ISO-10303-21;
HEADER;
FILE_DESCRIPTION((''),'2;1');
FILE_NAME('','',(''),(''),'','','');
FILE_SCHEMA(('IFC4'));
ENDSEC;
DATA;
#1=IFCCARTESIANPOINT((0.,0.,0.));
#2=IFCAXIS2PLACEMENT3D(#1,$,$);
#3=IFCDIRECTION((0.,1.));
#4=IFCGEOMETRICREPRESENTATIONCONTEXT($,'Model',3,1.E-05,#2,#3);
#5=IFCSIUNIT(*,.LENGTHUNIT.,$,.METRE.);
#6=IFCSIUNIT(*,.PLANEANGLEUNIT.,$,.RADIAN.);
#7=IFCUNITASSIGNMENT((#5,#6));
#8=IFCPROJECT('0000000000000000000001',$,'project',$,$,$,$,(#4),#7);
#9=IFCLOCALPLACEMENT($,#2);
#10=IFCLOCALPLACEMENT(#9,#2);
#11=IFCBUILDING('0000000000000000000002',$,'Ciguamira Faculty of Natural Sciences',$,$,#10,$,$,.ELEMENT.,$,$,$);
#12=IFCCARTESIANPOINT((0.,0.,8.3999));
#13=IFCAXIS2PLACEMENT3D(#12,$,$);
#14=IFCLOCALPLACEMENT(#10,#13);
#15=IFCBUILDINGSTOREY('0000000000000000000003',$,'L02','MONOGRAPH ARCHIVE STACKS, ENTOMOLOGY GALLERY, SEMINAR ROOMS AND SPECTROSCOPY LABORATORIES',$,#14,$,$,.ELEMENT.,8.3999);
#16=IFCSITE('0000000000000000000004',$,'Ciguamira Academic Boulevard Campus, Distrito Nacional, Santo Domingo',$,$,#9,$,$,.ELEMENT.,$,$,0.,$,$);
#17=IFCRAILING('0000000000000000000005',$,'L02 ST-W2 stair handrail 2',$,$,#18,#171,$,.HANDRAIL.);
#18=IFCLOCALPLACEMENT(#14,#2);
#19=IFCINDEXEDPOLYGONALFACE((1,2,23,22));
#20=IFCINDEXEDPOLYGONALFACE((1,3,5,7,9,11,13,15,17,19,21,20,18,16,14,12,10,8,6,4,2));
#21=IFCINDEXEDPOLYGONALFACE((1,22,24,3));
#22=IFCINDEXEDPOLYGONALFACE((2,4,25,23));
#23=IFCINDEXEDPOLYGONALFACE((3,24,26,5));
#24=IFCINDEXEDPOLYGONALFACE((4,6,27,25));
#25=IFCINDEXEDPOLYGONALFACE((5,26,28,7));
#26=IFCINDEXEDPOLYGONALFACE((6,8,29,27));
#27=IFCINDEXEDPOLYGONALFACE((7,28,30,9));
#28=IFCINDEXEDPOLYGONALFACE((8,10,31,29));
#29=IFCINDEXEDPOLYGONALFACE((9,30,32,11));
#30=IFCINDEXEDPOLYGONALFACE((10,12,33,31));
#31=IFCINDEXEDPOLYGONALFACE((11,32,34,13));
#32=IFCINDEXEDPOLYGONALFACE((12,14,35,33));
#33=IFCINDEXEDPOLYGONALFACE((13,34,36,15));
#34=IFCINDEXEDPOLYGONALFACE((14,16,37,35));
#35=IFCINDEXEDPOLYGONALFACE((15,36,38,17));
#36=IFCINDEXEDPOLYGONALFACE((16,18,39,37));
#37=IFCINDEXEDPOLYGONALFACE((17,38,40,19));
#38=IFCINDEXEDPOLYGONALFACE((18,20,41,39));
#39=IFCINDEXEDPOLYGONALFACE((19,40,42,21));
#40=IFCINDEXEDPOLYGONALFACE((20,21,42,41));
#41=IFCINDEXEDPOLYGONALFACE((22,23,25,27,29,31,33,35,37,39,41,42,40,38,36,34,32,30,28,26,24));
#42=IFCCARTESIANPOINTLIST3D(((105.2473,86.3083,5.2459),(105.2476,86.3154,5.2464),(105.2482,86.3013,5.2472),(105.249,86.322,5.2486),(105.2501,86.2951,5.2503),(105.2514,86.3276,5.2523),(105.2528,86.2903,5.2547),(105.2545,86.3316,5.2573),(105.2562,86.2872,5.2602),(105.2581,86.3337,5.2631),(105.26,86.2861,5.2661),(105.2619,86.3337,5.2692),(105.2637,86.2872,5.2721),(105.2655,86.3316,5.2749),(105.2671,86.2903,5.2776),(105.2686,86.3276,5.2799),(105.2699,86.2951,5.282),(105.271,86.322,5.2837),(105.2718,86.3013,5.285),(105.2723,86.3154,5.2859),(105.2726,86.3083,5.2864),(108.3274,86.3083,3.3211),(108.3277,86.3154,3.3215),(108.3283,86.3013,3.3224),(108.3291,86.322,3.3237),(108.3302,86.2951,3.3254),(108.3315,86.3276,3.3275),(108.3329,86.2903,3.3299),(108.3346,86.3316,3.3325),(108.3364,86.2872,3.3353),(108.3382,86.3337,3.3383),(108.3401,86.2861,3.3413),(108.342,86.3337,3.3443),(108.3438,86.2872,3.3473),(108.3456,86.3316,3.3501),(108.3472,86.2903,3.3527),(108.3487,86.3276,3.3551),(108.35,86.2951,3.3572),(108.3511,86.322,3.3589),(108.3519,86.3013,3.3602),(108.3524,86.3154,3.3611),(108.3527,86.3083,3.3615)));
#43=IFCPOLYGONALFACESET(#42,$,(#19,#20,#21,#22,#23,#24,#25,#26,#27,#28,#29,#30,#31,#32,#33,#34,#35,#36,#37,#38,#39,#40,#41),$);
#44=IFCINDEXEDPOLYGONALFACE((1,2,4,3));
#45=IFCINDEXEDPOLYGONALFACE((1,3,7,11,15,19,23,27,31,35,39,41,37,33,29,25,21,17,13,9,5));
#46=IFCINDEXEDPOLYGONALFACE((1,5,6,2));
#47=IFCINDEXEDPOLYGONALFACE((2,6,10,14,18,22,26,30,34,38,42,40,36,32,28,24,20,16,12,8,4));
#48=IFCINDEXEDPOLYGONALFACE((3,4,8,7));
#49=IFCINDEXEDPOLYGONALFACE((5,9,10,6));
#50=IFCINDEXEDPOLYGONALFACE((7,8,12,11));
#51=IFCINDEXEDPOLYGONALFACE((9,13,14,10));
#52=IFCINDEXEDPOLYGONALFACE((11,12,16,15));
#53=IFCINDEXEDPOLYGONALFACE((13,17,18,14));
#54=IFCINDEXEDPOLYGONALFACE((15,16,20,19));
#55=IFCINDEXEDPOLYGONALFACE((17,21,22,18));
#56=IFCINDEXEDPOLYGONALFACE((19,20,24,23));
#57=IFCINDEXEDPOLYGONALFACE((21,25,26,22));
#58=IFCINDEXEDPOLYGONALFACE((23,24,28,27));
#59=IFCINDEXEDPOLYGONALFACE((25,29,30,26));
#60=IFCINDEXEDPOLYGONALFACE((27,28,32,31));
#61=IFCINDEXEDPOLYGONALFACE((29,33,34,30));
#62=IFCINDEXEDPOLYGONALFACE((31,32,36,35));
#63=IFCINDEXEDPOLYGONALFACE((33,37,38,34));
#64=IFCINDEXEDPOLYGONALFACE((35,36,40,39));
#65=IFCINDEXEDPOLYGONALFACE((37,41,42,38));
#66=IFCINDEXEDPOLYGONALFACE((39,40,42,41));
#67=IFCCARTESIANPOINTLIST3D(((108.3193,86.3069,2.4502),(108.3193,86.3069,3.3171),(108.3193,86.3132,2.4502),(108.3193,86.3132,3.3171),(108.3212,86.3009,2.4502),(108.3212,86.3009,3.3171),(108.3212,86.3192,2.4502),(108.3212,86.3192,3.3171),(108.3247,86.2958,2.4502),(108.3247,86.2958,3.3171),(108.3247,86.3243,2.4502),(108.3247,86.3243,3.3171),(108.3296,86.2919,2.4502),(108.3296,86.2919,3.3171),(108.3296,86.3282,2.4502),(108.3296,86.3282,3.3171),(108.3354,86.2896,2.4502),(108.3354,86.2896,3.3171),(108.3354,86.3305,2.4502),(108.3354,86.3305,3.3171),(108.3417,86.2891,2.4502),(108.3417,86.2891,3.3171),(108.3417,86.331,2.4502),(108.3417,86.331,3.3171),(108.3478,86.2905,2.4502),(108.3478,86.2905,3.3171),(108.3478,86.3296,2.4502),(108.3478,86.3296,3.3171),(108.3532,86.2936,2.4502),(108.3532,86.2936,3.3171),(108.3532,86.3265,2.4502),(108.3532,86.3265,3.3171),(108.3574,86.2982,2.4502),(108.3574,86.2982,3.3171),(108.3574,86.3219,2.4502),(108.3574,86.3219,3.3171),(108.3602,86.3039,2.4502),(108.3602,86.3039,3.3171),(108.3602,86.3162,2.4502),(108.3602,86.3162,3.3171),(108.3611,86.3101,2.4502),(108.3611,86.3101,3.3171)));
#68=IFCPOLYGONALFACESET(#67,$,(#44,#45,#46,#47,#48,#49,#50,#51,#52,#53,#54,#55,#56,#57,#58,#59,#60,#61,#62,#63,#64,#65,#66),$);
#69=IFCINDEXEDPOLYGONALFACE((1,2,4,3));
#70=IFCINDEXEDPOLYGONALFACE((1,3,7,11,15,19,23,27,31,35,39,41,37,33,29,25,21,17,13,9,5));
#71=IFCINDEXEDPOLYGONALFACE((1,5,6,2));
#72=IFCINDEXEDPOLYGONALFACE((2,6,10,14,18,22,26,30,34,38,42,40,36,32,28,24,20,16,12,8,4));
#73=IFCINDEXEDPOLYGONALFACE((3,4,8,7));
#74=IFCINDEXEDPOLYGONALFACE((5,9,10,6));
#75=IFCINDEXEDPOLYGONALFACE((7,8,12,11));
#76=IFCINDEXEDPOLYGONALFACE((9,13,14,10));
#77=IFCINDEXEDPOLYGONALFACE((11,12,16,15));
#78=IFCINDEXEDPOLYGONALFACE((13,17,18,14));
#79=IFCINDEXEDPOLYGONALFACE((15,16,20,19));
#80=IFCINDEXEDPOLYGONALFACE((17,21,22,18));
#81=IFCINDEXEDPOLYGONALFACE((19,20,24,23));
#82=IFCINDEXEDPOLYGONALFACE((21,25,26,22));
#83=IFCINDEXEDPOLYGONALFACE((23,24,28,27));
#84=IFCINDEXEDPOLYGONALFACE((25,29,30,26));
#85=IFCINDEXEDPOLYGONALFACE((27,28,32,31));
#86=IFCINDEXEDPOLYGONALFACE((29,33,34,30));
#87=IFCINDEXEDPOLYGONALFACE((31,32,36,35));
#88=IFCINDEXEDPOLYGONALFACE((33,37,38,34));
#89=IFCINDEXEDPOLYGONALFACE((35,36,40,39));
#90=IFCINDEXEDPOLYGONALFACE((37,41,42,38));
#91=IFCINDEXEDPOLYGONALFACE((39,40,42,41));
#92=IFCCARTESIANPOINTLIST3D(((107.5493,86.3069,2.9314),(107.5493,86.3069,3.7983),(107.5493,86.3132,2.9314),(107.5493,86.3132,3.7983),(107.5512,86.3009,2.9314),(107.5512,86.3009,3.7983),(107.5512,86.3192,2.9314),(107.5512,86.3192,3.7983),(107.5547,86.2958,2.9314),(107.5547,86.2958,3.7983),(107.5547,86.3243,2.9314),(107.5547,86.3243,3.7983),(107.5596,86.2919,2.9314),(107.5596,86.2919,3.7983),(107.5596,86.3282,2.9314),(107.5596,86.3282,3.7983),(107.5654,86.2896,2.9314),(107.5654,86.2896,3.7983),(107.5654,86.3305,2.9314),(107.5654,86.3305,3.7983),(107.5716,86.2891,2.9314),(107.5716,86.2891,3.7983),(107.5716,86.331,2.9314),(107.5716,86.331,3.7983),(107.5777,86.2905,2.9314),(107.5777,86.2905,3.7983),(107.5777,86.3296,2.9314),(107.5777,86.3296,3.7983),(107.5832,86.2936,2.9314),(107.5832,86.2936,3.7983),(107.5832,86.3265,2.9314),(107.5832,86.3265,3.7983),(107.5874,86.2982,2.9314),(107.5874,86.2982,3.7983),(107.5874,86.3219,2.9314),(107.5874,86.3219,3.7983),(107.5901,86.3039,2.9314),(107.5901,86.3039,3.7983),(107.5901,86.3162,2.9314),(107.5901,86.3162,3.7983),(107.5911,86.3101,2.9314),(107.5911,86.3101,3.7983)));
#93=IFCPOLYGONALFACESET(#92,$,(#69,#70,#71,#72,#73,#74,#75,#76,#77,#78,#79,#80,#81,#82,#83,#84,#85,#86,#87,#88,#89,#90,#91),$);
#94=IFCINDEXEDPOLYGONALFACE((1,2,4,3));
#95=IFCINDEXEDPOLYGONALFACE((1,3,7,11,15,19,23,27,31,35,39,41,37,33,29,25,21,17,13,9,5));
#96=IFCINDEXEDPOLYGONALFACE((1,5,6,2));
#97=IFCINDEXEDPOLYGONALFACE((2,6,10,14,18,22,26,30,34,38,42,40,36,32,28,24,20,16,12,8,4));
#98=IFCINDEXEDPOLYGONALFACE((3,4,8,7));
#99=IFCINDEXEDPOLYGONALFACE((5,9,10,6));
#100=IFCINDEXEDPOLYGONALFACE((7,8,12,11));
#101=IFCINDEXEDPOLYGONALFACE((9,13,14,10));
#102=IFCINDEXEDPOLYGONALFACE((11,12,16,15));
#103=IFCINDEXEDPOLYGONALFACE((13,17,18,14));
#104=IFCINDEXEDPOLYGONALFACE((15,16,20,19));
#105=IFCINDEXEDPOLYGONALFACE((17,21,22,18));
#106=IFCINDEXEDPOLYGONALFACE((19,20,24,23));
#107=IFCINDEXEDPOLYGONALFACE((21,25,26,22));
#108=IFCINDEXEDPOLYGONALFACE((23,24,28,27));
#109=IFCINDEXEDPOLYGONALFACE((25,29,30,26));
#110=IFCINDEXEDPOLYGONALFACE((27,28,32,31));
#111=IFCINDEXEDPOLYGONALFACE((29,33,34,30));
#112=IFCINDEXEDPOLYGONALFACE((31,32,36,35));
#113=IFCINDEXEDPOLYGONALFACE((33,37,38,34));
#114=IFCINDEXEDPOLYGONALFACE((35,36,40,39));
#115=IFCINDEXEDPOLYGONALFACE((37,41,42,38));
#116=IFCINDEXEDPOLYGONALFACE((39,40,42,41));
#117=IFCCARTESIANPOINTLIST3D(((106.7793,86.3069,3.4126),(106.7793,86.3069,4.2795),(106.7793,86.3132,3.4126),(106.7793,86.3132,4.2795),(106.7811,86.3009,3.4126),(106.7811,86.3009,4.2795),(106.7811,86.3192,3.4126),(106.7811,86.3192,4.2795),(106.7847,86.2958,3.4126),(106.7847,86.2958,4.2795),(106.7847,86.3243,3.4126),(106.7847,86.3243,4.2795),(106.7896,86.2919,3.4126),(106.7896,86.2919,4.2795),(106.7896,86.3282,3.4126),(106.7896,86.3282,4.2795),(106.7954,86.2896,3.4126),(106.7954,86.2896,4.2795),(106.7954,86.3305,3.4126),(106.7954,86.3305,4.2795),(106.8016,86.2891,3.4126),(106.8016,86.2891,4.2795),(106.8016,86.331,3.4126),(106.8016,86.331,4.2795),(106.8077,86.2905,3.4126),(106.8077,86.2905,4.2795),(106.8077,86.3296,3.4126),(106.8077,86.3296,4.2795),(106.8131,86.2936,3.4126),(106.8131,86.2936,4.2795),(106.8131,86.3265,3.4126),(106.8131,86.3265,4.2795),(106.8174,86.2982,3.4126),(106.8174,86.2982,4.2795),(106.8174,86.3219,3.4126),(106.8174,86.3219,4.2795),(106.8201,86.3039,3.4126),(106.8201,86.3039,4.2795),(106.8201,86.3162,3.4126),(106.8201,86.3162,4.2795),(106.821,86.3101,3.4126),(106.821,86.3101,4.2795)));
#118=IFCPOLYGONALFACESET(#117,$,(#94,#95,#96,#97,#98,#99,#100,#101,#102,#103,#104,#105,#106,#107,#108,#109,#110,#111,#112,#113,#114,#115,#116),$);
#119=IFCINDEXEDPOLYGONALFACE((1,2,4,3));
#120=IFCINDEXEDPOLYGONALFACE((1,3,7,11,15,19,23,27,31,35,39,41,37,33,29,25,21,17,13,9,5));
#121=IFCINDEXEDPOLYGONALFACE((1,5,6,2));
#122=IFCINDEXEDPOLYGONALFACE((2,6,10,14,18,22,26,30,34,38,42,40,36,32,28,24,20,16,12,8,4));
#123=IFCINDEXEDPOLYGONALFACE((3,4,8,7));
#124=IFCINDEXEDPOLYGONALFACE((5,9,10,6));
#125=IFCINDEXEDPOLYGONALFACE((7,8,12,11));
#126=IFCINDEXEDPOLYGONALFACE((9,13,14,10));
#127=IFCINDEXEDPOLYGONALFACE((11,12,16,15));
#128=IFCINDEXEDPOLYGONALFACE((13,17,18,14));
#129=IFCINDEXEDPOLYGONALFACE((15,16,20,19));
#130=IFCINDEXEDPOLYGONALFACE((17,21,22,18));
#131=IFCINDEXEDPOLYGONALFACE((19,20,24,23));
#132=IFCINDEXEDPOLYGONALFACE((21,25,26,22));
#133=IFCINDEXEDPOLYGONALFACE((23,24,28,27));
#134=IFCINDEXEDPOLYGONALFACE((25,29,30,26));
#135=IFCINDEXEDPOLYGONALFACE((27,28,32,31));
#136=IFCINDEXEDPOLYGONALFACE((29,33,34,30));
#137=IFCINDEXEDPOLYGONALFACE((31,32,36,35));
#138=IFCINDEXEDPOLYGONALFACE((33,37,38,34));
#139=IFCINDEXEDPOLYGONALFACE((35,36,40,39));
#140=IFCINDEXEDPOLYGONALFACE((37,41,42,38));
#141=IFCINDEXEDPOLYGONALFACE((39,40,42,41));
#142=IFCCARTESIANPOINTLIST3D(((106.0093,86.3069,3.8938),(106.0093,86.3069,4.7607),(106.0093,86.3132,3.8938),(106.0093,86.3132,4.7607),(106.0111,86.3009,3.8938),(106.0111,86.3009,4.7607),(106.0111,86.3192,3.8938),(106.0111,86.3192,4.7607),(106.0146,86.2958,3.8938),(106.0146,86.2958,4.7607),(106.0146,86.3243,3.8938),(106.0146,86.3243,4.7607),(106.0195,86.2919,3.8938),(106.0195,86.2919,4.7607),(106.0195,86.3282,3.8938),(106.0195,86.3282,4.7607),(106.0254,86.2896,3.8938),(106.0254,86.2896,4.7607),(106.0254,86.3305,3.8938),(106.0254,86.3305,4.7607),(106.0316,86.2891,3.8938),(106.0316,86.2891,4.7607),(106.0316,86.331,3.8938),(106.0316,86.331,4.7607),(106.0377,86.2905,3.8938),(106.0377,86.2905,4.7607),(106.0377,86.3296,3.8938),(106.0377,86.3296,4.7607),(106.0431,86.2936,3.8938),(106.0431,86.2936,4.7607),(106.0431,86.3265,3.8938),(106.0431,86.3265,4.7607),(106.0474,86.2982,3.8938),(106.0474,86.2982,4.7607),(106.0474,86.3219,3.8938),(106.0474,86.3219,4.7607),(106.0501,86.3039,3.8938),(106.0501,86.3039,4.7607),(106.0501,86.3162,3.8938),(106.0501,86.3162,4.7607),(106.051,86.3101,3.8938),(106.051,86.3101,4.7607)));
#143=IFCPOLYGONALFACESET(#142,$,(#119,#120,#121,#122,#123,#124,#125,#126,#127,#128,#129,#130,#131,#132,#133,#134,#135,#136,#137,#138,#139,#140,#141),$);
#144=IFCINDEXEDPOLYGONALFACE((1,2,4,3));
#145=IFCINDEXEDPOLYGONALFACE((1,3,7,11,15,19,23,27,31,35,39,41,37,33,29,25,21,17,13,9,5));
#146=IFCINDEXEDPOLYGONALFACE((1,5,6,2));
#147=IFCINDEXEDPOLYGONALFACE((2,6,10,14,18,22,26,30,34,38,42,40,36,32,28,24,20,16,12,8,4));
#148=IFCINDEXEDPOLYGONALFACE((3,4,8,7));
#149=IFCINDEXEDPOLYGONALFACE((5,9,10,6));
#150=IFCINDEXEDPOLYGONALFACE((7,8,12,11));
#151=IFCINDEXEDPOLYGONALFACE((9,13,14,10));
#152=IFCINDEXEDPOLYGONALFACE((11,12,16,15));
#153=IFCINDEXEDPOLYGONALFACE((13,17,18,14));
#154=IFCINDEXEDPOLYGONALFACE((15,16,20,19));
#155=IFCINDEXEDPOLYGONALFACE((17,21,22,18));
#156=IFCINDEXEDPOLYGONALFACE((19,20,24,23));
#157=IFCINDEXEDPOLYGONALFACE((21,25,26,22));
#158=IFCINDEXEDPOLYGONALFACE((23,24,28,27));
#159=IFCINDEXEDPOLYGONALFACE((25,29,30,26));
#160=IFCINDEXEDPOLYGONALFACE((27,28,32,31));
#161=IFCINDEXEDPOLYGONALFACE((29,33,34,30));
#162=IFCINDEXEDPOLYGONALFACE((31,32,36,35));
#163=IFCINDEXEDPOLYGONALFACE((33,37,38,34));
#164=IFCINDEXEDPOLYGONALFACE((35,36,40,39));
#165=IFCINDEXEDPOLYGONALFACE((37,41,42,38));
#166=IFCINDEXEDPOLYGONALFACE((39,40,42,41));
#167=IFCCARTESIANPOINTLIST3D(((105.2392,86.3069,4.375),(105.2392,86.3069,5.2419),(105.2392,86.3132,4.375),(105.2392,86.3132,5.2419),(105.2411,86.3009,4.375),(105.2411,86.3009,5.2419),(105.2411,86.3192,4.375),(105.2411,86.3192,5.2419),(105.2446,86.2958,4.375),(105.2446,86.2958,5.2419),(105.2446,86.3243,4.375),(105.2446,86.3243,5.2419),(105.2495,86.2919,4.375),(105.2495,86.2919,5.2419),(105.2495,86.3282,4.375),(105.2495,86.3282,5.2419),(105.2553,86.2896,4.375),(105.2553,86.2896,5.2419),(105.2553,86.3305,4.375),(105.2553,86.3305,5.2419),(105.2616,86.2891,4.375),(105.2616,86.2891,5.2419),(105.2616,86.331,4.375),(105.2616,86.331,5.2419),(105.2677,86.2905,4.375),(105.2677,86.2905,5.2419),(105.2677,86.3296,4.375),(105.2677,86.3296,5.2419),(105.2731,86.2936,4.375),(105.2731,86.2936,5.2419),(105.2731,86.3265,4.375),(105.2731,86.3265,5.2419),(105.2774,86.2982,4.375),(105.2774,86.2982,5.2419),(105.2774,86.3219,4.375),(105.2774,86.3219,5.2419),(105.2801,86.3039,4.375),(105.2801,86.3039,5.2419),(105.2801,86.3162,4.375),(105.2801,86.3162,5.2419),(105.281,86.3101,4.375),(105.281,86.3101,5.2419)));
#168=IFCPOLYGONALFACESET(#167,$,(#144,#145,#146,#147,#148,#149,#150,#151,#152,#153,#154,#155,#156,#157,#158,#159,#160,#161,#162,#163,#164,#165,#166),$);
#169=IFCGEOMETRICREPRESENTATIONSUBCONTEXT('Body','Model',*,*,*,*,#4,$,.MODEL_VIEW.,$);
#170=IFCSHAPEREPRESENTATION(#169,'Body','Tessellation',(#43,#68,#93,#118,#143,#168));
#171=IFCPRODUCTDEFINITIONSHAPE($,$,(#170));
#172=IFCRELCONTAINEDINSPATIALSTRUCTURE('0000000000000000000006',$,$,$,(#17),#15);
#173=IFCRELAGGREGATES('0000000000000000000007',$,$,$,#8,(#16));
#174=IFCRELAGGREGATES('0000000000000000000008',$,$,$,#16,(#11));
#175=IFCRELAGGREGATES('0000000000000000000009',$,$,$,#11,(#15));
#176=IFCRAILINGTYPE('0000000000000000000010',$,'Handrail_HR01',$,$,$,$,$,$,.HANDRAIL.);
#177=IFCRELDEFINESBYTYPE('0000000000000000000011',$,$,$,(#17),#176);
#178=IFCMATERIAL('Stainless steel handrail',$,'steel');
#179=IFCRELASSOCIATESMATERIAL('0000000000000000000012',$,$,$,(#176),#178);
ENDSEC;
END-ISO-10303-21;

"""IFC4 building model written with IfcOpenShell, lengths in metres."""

from ifc_helpers import new_model, si_unit, direction, frame, origin, origin_2d, place, context, subcontext, project, spatial, circle, extrude, material, type_object, element, save


model = new_model("IFC4")

# Units and contexts
model_context = context("Model", 3, precision=1e-05, world=origin(), true_north=direction((0.0, 1.0)))
body_context = subcontext(model_context, "Body", "Model", "MODEL_VIEW")
ifc_project = project(units=[si_unit("LENGTHUNIT", "METRE"), si_unit("PLANEANGLEUNIT", "RADIAN")], contexts=[model_context])

# Site, building, storey
site_placement = place(None, origin())
site = spatial("IfcSite", under=ifc_project, at=site_placement, Name="Ciguamira Academic Boulevard Campus, Distrito Nacional, Santo Domingo", CompositionType="ELEMENT", RefElevation=0.0)
building_placement = place(site_placement, origin())
building = spatial("IfcBuilding", under=site, at=building_placement, Name="Ciguamira Faculty of Natural Sciences", CompositionType="ELEMENT")
storey_placement = place(building_placement, frame((0.0, 0.0, 8.3999)))
storey = spatial("IfcBuildingStorey", under=building, at=storey_placement, Name="L02", Description="MONOGRAPH ARCHIVE STACKS, ENTOMOLOGY GALLERY, SEMINAR ROOMS AND SPECTROSCOPY LABORATORIES", CompositionType="ELEMENT", Elevation=8.3999)

# Railing
ifc_material_1 = material(Name="Stainless steel handrail", Category="steel")
railing_type_1 = type_object("IfcRailingType", Name="Handrail_HR01", PredefinedType="HANDRAIL", material=ifc_material_1)
railing_1_placement = place(storey_placement, frame((108.3401, 86.3101, 2.4502)))
element("IfcRailing", 1, at=railing_1_placement, inside=storey, type_object=railing_type_1, Name="L02 ST-W2 stair handrail 2", PredefinedType="HANDRAIL", context=body_context, shape_type="SweptSolid", body=[
    extrude(circle(Radius=0.0239, at=origin_2d()), frame((0.0, 0.0, 0.8911), z_axis=(-0.848029, 0.0, 0.529951), x_axis=(0.0, -1.0, 0.0)), (0.0, 0.0, 1.0), 3.6321),
    extrude(circle(Radius=0.021, at=origin_2d()), origin(), (0.0, 0.0, 1.0), 0.8669),
    extrude(circle(Radius=0.021, at=origin_2d()), frame((-0.77, 0.0, 0.4812)), (0.0, 0.0, 1.0), 0.8669),
    extrude(circle(Radius=0.021, at=origin_2d()), frame((-1.54, 0.0, 0.9624)), (0.0, 0.0, 1.0), 0.8669),
    extrude(circle(Radius=0.021, at=origin_2d()), frame((-2.3101, 0.0, 1.4436)), (0.0, 0.0, 1.0), 0.8669),
    extrude(circle(Radius=0.021, at=origin_2d()), frame((-3.0801, 0.0, 1.9248)), (0.0, 0.0, 1.0), 0.8669),
])

save(model, "model.ifc")
